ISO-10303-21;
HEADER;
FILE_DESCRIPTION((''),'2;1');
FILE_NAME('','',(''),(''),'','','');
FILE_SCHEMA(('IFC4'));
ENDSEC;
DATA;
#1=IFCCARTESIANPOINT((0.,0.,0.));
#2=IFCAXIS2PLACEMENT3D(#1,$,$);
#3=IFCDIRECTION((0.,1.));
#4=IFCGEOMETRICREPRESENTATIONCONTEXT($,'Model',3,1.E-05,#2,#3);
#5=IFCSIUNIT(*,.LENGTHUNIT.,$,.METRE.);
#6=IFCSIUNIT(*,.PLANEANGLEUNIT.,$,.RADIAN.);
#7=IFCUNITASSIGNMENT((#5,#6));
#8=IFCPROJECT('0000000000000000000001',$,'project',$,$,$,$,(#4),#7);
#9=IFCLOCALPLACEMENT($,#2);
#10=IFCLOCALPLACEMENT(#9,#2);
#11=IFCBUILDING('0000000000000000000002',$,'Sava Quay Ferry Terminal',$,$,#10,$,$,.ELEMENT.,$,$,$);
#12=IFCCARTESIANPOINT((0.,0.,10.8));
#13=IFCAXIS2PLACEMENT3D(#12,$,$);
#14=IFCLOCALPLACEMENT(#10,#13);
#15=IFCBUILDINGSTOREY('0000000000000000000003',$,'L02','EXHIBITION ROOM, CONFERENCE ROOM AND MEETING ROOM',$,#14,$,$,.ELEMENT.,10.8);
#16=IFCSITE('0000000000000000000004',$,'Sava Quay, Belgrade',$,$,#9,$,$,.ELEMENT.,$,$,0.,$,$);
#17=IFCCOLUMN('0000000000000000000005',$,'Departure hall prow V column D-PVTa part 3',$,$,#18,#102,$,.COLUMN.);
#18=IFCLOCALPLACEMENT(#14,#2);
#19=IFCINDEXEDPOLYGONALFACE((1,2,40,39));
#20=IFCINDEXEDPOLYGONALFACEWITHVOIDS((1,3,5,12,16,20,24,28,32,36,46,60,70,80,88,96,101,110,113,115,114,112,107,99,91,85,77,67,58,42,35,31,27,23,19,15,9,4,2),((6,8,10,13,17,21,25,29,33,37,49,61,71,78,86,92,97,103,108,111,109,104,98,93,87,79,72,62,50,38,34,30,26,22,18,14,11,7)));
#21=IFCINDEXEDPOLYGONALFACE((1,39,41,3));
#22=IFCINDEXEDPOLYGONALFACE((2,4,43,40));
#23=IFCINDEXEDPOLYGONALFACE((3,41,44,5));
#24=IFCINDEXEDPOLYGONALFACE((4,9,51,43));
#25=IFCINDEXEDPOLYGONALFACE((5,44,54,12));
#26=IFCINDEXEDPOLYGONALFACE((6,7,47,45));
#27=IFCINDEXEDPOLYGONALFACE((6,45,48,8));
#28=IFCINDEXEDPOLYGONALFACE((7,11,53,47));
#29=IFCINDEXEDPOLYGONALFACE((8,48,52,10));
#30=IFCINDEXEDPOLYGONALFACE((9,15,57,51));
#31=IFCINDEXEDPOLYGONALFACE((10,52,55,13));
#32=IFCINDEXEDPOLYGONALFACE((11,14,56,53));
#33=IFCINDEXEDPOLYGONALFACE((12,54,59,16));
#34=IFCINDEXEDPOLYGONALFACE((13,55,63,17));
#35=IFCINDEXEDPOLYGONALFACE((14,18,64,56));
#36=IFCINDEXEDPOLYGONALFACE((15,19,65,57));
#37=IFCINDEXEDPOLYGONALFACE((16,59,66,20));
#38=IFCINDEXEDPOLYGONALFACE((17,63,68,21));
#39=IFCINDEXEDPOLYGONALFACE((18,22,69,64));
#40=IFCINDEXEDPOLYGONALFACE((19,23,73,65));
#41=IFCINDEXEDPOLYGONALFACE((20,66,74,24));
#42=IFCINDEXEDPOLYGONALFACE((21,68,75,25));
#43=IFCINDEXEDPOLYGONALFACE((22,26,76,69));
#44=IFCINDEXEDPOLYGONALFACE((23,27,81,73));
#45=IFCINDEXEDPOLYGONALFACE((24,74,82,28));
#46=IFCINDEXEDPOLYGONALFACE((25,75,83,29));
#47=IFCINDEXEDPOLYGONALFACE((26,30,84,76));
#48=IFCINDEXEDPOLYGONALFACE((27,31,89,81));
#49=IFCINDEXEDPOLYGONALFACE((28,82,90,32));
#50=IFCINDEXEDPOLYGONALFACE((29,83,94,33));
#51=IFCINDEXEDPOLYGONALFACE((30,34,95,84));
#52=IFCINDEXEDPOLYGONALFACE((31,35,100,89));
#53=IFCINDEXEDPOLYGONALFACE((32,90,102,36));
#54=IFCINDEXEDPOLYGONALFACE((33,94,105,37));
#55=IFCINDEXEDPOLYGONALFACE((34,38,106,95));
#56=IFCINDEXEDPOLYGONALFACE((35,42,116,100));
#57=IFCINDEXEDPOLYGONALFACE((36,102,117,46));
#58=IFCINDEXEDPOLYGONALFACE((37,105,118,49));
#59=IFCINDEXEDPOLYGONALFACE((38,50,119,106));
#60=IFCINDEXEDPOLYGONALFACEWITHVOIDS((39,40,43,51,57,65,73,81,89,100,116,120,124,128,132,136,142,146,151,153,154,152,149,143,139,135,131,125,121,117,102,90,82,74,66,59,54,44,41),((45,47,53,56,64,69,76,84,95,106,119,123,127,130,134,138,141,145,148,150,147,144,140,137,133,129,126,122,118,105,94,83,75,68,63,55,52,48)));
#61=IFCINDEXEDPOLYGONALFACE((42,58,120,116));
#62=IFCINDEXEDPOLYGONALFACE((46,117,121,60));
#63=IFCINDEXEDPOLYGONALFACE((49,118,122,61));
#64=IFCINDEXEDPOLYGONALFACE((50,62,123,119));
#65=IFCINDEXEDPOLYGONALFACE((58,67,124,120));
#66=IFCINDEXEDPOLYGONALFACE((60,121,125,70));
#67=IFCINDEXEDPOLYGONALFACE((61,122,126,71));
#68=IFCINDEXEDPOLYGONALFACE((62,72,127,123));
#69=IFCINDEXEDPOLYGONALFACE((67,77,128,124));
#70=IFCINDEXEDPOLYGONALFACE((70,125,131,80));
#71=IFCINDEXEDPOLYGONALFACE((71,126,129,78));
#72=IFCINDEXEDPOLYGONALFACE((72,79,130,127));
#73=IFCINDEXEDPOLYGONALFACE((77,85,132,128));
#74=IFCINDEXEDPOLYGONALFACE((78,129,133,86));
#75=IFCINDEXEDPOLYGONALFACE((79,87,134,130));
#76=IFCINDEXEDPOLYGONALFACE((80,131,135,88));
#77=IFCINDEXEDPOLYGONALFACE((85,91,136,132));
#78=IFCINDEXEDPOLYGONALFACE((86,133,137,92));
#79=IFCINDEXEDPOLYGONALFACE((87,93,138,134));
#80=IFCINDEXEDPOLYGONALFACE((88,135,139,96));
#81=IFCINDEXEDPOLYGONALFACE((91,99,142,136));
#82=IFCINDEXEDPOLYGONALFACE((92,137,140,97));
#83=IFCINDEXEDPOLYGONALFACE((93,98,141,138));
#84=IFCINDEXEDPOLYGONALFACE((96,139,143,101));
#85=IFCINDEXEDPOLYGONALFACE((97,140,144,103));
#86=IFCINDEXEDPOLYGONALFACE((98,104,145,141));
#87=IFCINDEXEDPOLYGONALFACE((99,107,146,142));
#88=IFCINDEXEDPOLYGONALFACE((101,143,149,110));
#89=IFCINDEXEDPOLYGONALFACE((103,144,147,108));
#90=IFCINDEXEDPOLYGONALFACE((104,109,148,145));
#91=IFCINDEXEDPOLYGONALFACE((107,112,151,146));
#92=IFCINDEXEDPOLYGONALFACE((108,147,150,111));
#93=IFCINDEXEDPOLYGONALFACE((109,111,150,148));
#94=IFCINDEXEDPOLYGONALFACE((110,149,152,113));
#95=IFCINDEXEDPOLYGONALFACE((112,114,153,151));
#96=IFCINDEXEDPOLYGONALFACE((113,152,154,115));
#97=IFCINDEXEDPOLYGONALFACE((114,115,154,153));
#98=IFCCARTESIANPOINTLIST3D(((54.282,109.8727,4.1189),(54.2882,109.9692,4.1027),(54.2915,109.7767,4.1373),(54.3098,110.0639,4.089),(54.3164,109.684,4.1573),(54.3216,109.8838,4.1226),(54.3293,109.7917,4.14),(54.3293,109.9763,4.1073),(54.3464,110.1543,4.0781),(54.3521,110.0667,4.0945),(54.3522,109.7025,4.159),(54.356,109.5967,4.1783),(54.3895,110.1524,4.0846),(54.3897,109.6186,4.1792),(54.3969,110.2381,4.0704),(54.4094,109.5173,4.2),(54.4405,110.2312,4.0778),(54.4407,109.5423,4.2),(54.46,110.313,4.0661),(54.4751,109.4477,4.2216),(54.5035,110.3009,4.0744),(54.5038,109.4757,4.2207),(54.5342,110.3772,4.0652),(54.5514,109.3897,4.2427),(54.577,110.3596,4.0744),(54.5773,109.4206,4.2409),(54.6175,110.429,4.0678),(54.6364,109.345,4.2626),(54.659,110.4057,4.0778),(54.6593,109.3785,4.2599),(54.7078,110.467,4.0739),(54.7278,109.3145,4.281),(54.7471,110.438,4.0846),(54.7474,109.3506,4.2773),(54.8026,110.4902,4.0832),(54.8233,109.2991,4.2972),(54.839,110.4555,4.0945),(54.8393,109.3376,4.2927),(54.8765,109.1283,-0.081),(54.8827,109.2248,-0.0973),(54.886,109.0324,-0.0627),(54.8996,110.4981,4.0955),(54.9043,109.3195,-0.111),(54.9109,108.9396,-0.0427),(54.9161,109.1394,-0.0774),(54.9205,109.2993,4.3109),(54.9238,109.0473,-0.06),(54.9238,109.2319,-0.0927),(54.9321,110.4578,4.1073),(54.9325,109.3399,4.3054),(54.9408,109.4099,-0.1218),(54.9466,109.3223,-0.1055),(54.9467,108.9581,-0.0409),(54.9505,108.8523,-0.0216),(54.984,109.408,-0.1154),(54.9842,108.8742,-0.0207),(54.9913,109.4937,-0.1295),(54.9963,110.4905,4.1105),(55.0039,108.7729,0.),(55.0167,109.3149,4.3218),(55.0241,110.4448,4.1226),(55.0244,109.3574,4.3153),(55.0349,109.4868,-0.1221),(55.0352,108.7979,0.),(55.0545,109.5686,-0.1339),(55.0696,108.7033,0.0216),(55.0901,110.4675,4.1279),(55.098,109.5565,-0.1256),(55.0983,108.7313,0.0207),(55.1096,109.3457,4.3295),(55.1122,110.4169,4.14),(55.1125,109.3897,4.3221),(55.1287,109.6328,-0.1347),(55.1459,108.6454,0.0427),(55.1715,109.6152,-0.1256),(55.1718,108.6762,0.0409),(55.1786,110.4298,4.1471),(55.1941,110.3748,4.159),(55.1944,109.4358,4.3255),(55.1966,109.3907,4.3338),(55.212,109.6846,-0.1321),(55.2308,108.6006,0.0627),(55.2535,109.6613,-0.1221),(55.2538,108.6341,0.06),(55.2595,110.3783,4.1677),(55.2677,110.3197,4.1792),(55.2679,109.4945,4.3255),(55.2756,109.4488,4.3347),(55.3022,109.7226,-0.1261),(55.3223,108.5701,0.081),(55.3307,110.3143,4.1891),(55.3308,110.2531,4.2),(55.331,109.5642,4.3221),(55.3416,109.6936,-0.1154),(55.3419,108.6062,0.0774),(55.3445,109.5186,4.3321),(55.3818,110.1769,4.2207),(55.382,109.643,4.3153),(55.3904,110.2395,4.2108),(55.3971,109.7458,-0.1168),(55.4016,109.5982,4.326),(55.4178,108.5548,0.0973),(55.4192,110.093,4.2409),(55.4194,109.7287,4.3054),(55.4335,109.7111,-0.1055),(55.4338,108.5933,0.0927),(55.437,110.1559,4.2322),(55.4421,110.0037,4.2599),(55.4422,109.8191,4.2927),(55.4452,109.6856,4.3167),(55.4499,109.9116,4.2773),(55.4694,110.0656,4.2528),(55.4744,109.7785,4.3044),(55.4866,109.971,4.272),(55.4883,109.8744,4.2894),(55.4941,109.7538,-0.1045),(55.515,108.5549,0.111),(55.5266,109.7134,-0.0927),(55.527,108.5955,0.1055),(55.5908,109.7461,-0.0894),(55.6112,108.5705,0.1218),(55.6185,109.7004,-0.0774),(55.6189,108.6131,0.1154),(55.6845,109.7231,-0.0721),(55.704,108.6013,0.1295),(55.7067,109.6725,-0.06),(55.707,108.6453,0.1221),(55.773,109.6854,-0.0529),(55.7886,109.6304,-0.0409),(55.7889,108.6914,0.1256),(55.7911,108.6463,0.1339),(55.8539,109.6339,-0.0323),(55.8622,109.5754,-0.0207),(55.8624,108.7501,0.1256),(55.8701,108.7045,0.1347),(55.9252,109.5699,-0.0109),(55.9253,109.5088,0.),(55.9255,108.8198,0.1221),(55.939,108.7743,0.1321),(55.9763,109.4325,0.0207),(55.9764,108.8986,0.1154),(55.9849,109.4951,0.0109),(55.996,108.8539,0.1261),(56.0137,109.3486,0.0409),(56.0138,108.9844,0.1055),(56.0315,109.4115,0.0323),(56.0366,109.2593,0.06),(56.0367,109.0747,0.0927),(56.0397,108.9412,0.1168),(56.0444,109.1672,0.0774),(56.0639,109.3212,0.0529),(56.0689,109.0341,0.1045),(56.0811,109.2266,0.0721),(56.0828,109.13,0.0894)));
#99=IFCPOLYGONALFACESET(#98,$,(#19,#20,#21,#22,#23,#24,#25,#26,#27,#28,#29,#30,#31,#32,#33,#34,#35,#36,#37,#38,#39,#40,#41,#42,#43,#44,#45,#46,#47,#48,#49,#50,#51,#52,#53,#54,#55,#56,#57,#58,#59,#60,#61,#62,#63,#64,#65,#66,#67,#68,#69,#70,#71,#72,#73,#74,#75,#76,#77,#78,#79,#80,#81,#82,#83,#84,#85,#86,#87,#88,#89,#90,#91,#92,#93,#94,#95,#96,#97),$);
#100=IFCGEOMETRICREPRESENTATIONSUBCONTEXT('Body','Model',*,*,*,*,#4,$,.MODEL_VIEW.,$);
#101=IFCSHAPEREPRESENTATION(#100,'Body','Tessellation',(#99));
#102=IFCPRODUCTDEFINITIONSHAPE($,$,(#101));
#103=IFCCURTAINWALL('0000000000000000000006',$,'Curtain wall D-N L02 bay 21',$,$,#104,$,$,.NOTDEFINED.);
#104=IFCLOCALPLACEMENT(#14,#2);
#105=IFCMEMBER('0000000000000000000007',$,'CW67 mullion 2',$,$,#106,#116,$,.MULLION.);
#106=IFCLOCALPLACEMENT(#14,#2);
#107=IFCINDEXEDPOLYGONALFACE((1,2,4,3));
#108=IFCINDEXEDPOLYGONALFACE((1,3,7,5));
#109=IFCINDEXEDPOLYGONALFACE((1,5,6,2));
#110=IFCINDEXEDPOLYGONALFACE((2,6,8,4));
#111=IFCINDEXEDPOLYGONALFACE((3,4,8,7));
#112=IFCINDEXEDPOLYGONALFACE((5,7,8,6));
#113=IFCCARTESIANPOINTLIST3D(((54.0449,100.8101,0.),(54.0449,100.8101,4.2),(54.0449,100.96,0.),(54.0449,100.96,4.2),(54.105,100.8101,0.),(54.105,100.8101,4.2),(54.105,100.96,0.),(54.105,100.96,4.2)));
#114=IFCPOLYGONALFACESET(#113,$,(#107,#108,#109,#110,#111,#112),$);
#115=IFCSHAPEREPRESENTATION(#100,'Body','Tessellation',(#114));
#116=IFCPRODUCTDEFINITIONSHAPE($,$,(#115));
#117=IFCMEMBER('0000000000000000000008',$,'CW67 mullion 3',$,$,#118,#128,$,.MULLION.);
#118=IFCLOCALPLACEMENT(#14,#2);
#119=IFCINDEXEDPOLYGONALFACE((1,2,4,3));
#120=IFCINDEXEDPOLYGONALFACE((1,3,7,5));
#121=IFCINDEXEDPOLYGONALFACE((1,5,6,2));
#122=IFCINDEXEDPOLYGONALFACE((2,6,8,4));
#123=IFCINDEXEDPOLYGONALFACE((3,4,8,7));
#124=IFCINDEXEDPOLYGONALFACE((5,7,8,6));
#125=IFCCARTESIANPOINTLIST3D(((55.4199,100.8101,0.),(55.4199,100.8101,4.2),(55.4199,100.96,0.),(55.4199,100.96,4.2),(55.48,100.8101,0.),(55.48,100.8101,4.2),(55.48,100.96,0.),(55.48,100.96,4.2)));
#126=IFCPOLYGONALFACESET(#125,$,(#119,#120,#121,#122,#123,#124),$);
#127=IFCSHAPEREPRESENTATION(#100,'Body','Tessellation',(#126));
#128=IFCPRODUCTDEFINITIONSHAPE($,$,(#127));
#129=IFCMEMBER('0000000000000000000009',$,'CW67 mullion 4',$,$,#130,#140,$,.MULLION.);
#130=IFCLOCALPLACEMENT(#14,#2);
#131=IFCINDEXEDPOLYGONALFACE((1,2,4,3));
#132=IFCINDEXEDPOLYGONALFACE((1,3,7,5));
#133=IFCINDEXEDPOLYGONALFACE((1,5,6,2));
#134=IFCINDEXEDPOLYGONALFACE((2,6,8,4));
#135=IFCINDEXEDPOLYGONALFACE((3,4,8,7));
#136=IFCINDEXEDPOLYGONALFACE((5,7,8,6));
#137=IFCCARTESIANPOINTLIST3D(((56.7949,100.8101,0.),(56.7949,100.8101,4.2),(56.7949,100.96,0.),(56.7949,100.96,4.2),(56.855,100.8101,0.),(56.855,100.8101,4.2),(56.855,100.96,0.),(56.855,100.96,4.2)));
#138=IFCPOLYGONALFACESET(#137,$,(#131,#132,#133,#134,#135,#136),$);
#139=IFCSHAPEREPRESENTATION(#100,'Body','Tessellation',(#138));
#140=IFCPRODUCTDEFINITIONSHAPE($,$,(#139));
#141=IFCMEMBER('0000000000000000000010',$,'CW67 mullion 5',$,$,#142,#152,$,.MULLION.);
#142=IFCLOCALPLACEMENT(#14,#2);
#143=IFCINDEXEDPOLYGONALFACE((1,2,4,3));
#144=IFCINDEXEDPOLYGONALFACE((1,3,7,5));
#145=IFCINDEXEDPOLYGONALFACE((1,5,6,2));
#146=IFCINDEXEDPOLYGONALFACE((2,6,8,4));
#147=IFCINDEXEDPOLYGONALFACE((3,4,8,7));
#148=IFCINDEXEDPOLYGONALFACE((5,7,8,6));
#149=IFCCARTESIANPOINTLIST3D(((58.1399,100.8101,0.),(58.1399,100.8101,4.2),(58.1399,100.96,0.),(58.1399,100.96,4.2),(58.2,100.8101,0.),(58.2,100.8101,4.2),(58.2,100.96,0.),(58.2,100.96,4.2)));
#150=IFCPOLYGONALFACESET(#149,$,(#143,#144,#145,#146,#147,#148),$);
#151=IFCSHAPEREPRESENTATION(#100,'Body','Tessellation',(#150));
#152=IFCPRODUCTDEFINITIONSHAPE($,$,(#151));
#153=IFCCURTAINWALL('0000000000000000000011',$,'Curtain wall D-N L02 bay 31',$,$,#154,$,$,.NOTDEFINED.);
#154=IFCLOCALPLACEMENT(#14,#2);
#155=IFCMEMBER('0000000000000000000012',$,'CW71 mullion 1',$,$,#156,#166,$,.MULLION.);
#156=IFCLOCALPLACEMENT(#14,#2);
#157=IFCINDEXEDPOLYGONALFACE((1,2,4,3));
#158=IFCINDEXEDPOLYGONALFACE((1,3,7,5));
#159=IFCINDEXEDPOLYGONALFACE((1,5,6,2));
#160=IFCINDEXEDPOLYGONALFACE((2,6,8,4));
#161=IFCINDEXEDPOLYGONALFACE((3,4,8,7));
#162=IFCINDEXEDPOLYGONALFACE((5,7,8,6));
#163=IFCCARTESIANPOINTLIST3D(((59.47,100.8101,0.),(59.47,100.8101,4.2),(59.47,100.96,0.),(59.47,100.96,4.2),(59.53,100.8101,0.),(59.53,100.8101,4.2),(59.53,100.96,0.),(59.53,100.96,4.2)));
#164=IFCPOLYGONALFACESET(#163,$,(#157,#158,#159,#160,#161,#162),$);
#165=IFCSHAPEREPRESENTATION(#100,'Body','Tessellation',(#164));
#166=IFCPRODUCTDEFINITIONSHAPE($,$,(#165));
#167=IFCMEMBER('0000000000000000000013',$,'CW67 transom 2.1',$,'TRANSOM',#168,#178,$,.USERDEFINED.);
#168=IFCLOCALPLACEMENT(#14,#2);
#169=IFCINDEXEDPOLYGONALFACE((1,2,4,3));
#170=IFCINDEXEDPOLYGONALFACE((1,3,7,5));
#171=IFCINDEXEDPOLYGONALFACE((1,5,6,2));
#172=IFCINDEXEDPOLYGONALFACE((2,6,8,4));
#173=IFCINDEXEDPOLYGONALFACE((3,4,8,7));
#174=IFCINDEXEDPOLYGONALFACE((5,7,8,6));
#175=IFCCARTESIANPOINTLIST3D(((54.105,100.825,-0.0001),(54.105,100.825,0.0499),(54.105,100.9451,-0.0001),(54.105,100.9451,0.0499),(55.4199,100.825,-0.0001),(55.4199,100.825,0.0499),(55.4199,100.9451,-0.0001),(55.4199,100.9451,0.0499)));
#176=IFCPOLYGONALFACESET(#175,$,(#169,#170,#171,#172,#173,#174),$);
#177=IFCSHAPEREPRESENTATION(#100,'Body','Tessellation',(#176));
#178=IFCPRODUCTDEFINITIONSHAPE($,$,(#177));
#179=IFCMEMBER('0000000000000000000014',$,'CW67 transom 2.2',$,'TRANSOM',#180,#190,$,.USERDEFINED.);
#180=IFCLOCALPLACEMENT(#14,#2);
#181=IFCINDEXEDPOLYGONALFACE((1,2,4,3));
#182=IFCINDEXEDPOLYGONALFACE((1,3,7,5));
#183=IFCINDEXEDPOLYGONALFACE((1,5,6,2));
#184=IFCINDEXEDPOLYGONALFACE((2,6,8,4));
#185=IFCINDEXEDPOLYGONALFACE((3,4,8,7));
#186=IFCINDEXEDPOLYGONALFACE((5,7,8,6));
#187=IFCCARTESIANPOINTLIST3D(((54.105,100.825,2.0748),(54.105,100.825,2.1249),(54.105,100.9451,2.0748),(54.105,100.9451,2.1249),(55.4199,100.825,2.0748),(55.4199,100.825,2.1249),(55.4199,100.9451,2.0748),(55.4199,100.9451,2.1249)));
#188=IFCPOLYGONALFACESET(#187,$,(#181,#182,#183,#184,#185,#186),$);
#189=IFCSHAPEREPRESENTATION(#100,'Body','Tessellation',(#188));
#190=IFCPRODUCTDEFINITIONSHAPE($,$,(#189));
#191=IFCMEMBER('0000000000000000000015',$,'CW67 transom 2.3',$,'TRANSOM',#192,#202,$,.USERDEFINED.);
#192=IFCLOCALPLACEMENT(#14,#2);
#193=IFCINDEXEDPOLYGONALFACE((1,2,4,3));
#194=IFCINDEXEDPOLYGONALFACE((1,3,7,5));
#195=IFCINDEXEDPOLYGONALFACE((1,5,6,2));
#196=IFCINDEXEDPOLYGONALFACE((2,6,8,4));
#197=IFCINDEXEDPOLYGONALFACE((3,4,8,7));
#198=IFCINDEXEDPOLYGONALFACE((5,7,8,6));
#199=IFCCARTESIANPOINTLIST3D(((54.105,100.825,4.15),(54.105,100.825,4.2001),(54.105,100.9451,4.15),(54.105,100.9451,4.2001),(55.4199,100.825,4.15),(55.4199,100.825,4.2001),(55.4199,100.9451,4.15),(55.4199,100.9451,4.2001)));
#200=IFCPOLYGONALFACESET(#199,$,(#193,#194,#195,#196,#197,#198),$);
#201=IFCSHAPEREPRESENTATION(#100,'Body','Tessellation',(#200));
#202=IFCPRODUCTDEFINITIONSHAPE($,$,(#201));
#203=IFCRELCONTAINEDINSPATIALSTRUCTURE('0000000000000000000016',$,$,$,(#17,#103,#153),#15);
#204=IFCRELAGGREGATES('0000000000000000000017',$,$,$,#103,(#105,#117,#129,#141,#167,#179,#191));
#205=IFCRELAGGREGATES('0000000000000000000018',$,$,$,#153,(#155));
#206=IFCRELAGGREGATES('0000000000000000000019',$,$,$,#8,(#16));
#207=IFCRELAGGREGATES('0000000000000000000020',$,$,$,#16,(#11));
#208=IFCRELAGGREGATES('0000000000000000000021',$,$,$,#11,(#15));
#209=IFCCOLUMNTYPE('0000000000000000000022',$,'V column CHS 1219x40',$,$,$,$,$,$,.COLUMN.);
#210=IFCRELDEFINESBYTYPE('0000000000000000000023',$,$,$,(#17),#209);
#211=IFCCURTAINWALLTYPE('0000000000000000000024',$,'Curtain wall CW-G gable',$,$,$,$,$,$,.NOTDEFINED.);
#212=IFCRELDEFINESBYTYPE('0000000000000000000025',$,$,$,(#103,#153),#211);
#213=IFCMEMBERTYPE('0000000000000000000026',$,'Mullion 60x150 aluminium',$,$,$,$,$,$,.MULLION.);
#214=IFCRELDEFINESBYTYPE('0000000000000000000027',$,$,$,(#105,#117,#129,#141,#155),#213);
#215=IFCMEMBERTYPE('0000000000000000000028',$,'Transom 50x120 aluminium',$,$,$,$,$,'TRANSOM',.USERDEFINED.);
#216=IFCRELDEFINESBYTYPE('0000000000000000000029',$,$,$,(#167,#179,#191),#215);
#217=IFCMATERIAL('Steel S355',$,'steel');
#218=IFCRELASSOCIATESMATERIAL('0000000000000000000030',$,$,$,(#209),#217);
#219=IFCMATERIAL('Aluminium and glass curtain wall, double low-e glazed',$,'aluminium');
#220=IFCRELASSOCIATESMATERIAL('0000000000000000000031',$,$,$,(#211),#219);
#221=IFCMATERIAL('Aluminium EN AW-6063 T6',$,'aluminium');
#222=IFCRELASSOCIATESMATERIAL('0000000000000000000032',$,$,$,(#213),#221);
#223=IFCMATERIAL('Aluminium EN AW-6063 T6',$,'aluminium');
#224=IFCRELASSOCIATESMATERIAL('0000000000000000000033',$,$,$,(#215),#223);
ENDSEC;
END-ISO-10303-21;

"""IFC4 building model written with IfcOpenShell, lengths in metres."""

from ifc_helpers import new_model, si_unit, direction, frame, origin, origin_2d, place, context, subcontext, project, spatial, rectangle, hollow_circle, extrude, material, material_profile, profile_set, type_object, element, aggregate, save


model = new_model("IFC4")

# Units and contexts
model_context = context("Model", 3, precision=1e-05, world=origin(), true_north=direction((0.0, 1.0)))
body_context = subcontext(model_context, "Body", "Model", "MODEL_VIEW")
ifc_project = project(units=[si_unit("LENGTHUNIT", "METRE"), si_unit("PLANEANGLEUNIT", "RADIAN")], contexts=[model_context])

# Site, building, storey
site_placement = place(None, origin())
site = spatial("IfcSite", under=ifc_project, at=site_placement, Name="Sava Quay, Belgrade", CompositionType="ELEMENT", RefElevation=0.0)
building_placement = place(site_placement, origin())
building = spatial("IfcBuilding", under=site, at=building_placement, Name="Sava Quay Ferry Terminal", CompositionType="ELEMENT")
storey_placement = place(building_placement, frame((0.0, 0.0, 10.8)))
storey = spatial("IfcBuildingStorey", under=building, at=storey_placement, Name="L02", Description="EXHIBITION ROOM, CONFERENCE ROOM AND MEETING ROOM", CompositionType="ELEMENT", Elevation=10.8)

# Column
ifc_material_1 = material(Name="Steel S355", Category="steel")
ifc_material_profile_1 = material_profile(ifc_material_1, hollow_circle(Radius=0.6096, WallThickness=0.04, at=origin_2d()), Name="CHS 1219 x 40.0")
ifc_profile_set_1 = profile_set([ifc_material_profile_1], Name="Steel S355")
column_type = type_object("IfcColumnType", Name="V column CHS 1219x40", PredefinedType="COLUMN", material=ifc_profile_set_1)
column_placement = place(storey_placement, frame((55.4802, 109.1533, 0.0), z_axis=(-0.138039, 0.172846, 0.975228), x_axis=(-0.781394, -0.624039, 0.0)))
element("IfcColumn", 1, at=column_placement, inside=storey, type_object=column_type, Name="Departure hall prow V column D-PVTa part 3", PredefinedType="COLUMN", context=body_context, shape_type="SweptSolid", body=[
    extrude(hollow_circle(Radius=0.6096, WallThickness=0.04, at=origin_2d()), origin(), (0.0, 0.0, 1.0), 4.3066),
])

# Curtain wall, members
ifc_material_2 = material(Name="Aluminium and glass curtain wall, double low-e glazed", Category="aluminium")
curtain_wall_type = type_object("IfcCurtainWallType", Name="Curtain wall CW-G gable", PredefinedType="NOTDEFINED", material=ifc_material_2)
curtain_wall_1_placement = place(storey_placement, origin())
curtain_wall_1 = element("IfcCurtainWall", 2, at=curtain_wall_1_placement, inside=storey, type_object=curtain_wall_type, Name="Curtain wall D-N L02 bay 21", PredefinedType="NOTDEFINED")
ifc_material_3 = material(Name="Aluminium EN AW-6063 T6", Category="aluminium")
ifc_material_profile_2 = material_profile(ifc_material_3, rectangle(XDim=0.1499, YDim=0.0601, at=origin_2d()), Name="Mullion 60x150 aluminium")
ifc_profile_set_2 = profile_set([ifc_material_profile_2], Name="Aluminium EN AW-6063 T6")
member_type_1 = type_object("IfcMemberType", Name="Mullion 60x150 aluminium", PredefinedType="MULLION", material=ifc_profile_set_2)
member_1_placement = place(storey_placement, frame((54.075, 100.885, 0.0), z_axis=(0.0, 0.0, 1.0), x_axis=(0.0, 1.0, 0.0)))
member_1 = element("IfcMember", 3, at=member_1_placement, type_object=member_type_1, Name="CW67 mullion 2", PredefinedType="MULLION", context=body_context, shape_type="SweptSolid", body=[
    extrude(rectangle(XDim=0.1499, YDim=0.0601, at=origin_2d()), origin(), (0.0, 0.0, 1.0), 4.2),
])
member_2_placement = place(storey_placement, frame((55.45, 100.885, 0.0), z_axis=(0.0, 0.0, 1.0), x_axis=(0.0, 1.0, 0.0)))
member_2 = element("IfcMember", 4, at=member_2_placement, type_object=member_type_1, Name="CW67 mullion 3", PredefinedType="MULLION", context=body_context, shape_type="SweptSolid", body=[
    extrude(rectangle(XDim=0.1499, YDim=0.0601, at=origin_2d()), origin(), (0.0, 0.0, 1.0), 4.2),
])
member_3_placement = place(storey_placement, frame((56.825, 100.885, 0.0), z_axis=(0.0, 0.0, 1.0), x_axis=(0.0, 1.0, 0.0)))
member_3 = element("IfcMember", 5, at=member_3_placement, type_object=member_type_1, Name="CW67 mullion 4", PredefinedType="MULLION", context=body_context, shape_type="SweptSolid", body=[
    extrude(rectangle(XDim=0.1499, YDim=0.0601, at=origin_2d()), origin(), (0.0, 0.0, 1.0), 4.2),
])
member_4_placement = place(storey_placement, frame((58.1699, 100.885, 0.0), z_axis=(0.0, 0.0, 1.0), x_axis=(0.0, 1.0, 0.0)))
member_4 = element("IfcMember", 6, at=member_4_placement, type_object=member_type_1, Name="CW67 mullion 5", PredefinedType="MULLION", context=body_context, shape_type="SweptSolid", body=[
    extrude(rectangle(XDim=0.1499, YDim=0.0601, at=origin_2d()), origin(), (0.0, 0.0, 1.0), 4.2),
])

# Curtain wall, member
curtain_wall_2_placement = place(storey_placement, origin())
curtain_wall_2 = element("IfcCurtainWall", 7, at=curtain_wall_2_placement, inside=storey, type_object=curtain_wall_type, Name="Curtain wall D-N L02 bay 31", PredefinedType="NOTDEFINED")
member_5_placement = place(storey_placement, frame((59.5, 100.885, 0.0), z_axis=(0.0, 0.0, 1.0), x_axis=(0.0, 1.0, 0.0)))
member_5 = element("IfcMember", 8, at=member_5_placement, type_object=member_type_1, Name="CW71 mullion 1", PredefinedType="MULLION", context=body_context, shape_type="SweptSolid", body=[
    extrude(rectangle(XDim=0.1499, YDim=0.0601, at=origin_2d()), origin(), (0.0, 0.0, 1.0), 4.2),
])

# Members
ifc_material_4 = material(Name="Aluminium EN AW-6063 T6", Category="aluminium")
ifc_material_profile_3 = material_profile(ifc_material_4, rectangle(XDim=0.1201, YDim=0.05, at=origin_2d()), Name="Transom 50x120 aluminium")
ifc_profile_set_3 = profile_set([ifc_material_profile_3], Name="Aluminium EN AW-6063 T6")
member_type_2 = type_object("IfcMemberType", Name="Transom 50x120 aluminium", ElementType="TRANSOM", PredefinedType="USERDEFINED", material=ifc_profile_set_3)
member_6_placement = place(storey_placement, frame((54.105, 100.885, 0.0249), z_axis=(1.0, 0.0, 0.0), x_axis=(0.0, 1.0, 0.0)))
member_6 = element("IfcMember", 9, at=member_6_placement, type_object=member_type_2, Name="CW67 transom 2.1", ObjectType="TRANSOM", PredefinedType="USERDEFINED", context=body_context, shape_type="SweptSolid", body=[
    extrude(rectangle(XDim=0.1201, YDim=0.05, at=origin_2d()), origin(), (0.0, 0.0, 1.0), 1.3149),
])
member_7_placement = place(storey_placement, frame((54.105, 100.885, 2.0999), z_axis=(1.0, 0.0, 0.0), x_axis=(0.0, 1.0, 0.0)))
member_7 = element("IfcMember", 10, at=member_7_placement, type_object=member_type_2, Name="CW67 transom 2.2", ObjectType="TRANSOM", PredefinedType="USERDEFINED", context=body_context, shape_type="SweptSolid", body=[
    extrude(rectangle(XDim=0.1201, YDim=0.05, at=origin_2d()), origin(), (0.0, 0.0, 1.0), 1.3149),
])
member_8_placement = place(storey_placement, frame((54.105, 100.885, 4.175), z_axis=(1.0, 0.0, 0.0), x_axis=(0.0, 1.0, 0.0)))
member_8 = element("IfcMember", 11, at=member_8_placement, type_object=member_type_2, Name="CW67 transom 2.3", ObjectType="TRANSOM", PredefinedType="USERDEFINED", context=body_context, shape_type="SweptSolid", body=[
    extrude(rectangle(XDim=0.1201, YDim=0.05, at=origin_2d()), origin(), (0.0, 0.0, 1.0), 1.3149),
])

aggregate(curtain_wall_1, [member_1, member_2, member_3, member_4, member_6, member_7, member_8])
aggregate(curtain_wall_2, [member_5])

save(model, "model.ifc")
